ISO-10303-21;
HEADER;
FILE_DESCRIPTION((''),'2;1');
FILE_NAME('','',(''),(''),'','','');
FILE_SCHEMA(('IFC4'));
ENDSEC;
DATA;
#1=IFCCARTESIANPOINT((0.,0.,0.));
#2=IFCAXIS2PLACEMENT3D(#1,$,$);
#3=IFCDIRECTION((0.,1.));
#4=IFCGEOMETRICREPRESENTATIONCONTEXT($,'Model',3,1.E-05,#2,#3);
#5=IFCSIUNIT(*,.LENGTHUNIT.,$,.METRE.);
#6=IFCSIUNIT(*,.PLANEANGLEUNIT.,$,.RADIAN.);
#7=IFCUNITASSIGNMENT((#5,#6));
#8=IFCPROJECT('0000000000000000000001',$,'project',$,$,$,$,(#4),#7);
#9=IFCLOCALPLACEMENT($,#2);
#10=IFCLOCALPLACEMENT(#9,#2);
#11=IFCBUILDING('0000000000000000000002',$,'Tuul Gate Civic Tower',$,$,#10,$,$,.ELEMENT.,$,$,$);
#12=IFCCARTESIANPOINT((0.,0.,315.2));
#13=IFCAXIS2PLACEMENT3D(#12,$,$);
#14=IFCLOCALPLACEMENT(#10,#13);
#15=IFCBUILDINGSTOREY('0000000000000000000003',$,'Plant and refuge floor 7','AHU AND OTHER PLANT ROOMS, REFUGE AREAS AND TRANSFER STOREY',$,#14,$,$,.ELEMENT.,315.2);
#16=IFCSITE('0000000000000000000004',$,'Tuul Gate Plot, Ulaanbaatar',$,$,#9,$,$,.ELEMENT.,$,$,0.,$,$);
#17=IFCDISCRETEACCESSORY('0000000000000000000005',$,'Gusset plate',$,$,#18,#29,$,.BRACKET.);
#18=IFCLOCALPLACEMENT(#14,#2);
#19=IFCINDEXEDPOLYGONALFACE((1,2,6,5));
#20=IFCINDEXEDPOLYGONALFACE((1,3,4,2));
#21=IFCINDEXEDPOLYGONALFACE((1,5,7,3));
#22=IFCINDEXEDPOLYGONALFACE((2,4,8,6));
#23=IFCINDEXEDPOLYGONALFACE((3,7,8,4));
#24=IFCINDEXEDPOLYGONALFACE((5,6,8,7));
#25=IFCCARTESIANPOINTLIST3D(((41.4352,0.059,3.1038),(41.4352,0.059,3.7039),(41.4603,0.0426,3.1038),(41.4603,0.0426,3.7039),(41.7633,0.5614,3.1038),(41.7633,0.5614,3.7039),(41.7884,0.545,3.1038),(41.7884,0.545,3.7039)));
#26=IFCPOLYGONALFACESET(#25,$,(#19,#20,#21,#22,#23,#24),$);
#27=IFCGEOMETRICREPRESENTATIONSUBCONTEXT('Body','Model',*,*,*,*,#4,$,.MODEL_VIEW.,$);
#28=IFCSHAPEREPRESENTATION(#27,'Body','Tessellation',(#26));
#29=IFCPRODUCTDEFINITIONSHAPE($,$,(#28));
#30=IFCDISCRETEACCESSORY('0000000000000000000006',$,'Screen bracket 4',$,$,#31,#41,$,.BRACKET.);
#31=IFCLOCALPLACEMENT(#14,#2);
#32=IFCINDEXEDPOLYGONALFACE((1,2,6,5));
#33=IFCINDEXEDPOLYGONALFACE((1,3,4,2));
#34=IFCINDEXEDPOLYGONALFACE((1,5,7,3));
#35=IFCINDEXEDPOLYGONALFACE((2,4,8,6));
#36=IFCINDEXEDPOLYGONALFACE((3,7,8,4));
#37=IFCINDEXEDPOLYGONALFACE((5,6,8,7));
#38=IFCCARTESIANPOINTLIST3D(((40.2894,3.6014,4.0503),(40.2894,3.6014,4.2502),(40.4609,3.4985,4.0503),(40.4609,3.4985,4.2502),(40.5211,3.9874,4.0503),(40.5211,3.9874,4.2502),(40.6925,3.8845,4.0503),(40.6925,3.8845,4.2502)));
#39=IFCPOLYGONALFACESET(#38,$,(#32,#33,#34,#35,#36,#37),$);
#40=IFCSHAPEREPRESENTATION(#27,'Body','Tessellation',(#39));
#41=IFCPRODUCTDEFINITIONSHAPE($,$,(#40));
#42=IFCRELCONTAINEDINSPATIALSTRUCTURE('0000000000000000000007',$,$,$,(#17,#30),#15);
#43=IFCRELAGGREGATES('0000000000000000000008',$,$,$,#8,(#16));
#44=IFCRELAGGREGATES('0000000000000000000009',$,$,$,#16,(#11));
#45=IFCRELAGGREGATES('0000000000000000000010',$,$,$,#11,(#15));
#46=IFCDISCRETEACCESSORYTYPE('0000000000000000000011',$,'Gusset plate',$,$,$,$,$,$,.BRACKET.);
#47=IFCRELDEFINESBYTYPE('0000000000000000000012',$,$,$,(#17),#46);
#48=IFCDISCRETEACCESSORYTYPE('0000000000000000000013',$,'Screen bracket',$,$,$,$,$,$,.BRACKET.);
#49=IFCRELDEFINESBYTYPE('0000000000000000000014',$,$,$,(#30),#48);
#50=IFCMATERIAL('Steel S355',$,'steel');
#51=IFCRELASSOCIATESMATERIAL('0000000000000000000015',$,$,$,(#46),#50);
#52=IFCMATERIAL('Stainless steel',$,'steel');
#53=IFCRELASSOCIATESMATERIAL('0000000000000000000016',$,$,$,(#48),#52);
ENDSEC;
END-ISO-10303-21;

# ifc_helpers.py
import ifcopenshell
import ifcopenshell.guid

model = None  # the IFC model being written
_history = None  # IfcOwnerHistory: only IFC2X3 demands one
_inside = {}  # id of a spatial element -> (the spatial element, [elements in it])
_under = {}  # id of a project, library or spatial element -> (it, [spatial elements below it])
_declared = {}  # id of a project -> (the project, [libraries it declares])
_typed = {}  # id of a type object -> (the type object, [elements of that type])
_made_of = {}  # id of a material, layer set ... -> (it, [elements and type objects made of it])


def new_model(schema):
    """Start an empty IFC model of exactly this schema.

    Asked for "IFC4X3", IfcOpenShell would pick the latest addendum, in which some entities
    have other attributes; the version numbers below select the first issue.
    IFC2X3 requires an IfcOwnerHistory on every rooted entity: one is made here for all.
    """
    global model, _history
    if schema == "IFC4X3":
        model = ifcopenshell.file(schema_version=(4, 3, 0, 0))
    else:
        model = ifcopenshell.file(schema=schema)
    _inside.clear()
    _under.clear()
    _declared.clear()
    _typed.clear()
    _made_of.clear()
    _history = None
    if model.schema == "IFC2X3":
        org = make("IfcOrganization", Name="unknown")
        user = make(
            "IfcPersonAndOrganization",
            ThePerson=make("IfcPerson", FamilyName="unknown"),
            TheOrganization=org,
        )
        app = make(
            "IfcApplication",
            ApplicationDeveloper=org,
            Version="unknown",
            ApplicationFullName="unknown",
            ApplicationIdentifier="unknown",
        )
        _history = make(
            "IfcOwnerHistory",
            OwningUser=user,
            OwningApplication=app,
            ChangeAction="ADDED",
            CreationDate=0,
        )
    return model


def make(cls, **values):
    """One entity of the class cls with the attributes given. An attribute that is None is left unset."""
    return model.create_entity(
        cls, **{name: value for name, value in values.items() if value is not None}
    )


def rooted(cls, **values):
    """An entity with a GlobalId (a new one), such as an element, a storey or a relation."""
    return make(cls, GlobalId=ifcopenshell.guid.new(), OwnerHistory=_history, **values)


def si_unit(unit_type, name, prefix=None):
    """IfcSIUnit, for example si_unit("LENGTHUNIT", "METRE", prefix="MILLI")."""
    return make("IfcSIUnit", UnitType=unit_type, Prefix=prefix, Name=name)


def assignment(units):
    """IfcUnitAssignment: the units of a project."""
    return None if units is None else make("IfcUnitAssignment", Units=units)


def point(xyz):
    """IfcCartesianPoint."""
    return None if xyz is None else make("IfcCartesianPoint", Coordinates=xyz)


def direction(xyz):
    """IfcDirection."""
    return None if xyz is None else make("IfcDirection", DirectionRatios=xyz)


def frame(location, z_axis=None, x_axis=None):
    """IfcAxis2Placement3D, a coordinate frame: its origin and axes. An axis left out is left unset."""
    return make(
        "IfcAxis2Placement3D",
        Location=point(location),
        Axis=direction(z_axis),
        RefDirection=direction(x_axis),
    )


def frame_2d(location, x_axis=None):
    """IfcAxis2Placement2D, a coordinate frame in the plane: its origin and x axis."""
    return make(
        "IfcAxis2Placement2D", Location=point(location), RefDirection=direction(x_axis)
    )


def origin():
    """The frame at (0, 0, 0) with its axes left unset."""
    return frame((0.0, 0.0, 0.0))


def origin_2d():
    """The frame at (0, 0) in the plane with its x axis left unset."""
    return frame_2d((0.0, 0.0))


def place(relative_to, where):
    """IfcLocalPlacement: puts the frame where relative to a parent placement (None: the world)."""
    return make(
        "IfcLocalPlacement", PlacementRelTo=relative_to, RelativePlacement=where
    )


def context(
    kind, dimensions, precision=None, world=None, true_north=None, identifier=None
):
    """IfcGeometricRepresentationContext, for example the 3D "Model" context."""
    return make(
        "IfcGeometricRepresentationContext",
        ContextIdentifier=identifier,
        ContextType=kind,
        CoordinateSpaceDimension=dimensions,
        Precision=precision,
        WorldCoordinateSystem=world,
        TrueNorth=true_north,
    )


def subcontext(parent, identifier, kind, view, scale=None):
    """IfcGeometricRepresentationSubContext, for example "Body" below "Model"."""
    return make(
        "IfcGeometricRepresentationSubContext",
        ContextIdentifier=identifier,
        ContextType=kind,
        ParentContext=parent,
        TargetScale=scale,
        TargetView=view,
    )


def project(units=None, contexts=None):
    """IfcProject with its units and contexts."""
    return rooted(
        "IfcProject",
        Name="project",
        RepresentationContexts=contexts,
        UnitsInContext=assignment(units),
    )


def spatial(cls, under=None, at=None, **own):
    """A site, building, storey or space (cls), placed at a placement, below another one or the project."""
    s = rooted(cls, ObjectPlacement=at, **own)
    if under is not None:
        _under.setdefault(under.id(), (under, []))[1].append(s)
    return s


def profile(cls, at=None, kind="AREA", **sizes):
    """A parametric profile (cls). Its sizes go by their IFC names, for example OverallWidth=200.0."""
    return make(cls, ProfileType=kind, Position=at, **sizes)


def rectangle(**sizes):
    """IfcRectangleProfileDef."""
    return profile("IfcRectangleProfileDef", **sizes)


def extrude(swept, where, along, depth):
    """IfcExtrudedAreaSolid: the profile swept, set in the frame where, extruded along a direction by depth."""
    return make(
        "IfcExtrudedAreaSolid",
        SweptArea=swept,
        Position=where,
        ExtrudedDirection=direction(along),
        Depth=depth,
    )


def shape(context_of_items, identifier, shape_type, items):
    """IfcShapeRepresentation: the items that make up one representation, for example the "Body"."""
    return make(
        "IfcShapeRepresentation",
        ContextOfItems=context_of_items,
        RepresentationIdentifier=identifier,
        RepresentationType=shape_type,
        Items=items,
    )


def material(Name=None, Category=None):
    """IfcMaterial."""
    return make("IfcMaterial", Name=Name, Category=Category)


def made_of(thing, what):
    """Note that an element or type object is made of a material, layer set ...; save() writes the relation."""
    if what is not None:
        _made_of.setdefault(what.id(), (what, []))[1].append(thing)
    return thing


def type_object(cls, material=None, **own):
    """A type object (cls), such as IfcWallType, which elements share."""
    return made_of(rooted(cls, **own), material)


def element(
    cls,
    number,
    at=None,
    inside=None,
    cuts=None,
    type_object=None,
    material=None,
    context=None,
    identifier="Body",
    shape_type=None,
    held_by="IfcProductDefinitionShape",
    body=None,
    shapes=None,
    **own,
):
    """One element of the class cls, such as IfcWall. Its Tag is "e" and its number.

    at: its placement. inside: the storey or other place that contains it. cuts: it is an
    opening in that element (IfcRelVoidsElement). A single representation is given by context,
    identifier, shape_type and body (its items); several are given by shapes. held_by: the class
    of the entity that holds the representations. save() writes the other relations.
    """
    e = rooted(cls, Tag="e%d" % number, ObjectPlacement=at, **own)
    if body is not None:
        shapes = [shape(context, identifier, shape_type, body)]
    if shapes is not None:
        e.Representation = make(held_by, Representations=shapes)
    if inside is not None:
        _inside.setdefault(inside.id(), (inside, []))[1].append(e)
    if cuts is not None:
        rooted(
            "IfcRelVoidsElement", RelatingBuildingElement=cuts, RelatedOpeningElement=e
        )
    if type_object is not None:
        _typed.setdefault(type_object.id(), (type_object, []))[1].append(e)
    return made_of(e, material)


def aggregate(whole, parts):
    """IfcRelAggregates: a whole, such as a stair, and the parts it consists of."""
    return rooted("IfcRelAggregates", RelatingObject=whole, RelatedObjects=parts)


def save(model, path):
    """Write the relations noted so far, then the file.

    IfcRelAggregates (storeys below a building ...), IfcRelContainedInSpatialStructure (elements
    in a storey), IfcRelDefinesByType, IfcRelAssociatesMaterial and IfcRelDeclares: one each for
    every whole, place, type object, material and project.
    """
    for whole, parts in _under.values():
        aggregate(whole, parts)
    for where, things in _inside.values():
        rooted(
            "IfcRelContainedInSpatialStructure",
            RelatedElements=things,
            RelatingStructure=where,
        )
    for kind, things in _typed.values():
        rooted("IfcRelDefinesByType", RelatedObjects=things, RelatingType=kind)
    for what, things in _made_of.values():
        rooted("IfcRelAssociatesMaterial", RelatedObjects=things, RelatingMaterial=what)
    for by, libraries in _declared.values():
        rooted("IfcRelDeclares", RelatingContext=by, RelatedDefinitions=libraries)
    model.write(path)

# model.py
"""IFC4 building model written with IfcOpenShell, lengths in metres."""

from ifc_helpers import new_model, si_unit, direction, frame, origin, origin_2d, place, context, subcontext, project, spatial, rectangle, extrude, material, type_object, element, save


model = new_model("IFC4")

# Units and contexts
model_context = context("Model", 3, precision=1e-05, world=origin(), true_north=direction((0.0, 1.0)))
body_context = subcontext(model_context, "Body", "Model", "MODEL_VIEW")
ifc_project = project(units=[si_unit("LENGTHUNIT", "METRE"), si_unit("PLANEANGLEUNIT", "RADIAN")], contexts=[model_context])

# Site, building, storey
site_placement = place(None, origin())
site = spatial("IfcSite", under=ifc_project, at=site_placement, Name="Tuul Gate Plot, Ulaanbaatar", CompositionType="ELEMENT", RefElevation=0.0)
building_placement = place(site_placement, origin())
building = spatial("IfcBuilding", under=site, at=building_placement, Name="Tuul Gate Civic Tower", CompositionType="ELEMENT")
storey_placement = place(building_placement, frame((0.0, 0.0, 315.2)))
storey = spatial("IfcBuildingStorey", under=building, at=storey_placement, Name="Plant and refuge floor 7", Description="AHU AND OTHER PLANT ROOMS, REFUGE AREAS AND TRANSFER STOREY", CompositionType="ELEMENT", Elevation=315.2)

# Discrete accessories
ifc_material_1 = material(Name="Steel S355", Category="steel")
discrete_accessory_type_1 = type_object("IfcDiscreteAccessoryType", Name="Gusset plate", PredefinedType="BRACKET", material=ifc_material_1)
discrete_accessory_1_placement = place(storey_placement, frame((41.6118, 0.302, 3.1038), z_axis=(0.0, 0.0, 1.0), x_axis=(0.546711, 0.837322, 0.0)))
element("IfcDiscreteAccessory", 1, at=discrete_accessory_1_placement, inside=storey, type_object=discrete_accessory_type_1, Name="Gusset plate", PredefinedType="BRACKET", context=body_context, shape_type="SweptSolid", body=[
    extrude(rectangle(XDim=0.6001, YDim=0.03, at=origin_2d()), origin(), (0.0, 0.0, 1.0), 0.6001),
])
ifc_material_2 = material(Name="Stainless steel", Category="steel")
discrete_accessory_type_2 = type_object("IfcDiscreteAccessoryType", Name="Screen bracket", PredefinedType="BRACKET", material=ifc_material_2)
discrete_accessory_2_placement = place(storey_placement, frame((40.491, 3.7429, 4.0503), z_axis=(0.0, 0.0, 1.0), x_axis=(0.514604, 0.857428, 0.0)))
element("IfcDiscreteAccessory", 2, at=discrete_accessory_2_placement, inside=storey, type_object=discrete_accessory_type_2, Name="Screen bracket 4", PredefinedType="BRACKET", context=body_context, shape_type="SweptSolid", body=[
    extrude(rectangle(XDim=0.4502, YDim=0.2, at=origin_2d()), origin(), (0.0, 0.0, 1.0), 0.2),
])

save(model, "model.ifc")
